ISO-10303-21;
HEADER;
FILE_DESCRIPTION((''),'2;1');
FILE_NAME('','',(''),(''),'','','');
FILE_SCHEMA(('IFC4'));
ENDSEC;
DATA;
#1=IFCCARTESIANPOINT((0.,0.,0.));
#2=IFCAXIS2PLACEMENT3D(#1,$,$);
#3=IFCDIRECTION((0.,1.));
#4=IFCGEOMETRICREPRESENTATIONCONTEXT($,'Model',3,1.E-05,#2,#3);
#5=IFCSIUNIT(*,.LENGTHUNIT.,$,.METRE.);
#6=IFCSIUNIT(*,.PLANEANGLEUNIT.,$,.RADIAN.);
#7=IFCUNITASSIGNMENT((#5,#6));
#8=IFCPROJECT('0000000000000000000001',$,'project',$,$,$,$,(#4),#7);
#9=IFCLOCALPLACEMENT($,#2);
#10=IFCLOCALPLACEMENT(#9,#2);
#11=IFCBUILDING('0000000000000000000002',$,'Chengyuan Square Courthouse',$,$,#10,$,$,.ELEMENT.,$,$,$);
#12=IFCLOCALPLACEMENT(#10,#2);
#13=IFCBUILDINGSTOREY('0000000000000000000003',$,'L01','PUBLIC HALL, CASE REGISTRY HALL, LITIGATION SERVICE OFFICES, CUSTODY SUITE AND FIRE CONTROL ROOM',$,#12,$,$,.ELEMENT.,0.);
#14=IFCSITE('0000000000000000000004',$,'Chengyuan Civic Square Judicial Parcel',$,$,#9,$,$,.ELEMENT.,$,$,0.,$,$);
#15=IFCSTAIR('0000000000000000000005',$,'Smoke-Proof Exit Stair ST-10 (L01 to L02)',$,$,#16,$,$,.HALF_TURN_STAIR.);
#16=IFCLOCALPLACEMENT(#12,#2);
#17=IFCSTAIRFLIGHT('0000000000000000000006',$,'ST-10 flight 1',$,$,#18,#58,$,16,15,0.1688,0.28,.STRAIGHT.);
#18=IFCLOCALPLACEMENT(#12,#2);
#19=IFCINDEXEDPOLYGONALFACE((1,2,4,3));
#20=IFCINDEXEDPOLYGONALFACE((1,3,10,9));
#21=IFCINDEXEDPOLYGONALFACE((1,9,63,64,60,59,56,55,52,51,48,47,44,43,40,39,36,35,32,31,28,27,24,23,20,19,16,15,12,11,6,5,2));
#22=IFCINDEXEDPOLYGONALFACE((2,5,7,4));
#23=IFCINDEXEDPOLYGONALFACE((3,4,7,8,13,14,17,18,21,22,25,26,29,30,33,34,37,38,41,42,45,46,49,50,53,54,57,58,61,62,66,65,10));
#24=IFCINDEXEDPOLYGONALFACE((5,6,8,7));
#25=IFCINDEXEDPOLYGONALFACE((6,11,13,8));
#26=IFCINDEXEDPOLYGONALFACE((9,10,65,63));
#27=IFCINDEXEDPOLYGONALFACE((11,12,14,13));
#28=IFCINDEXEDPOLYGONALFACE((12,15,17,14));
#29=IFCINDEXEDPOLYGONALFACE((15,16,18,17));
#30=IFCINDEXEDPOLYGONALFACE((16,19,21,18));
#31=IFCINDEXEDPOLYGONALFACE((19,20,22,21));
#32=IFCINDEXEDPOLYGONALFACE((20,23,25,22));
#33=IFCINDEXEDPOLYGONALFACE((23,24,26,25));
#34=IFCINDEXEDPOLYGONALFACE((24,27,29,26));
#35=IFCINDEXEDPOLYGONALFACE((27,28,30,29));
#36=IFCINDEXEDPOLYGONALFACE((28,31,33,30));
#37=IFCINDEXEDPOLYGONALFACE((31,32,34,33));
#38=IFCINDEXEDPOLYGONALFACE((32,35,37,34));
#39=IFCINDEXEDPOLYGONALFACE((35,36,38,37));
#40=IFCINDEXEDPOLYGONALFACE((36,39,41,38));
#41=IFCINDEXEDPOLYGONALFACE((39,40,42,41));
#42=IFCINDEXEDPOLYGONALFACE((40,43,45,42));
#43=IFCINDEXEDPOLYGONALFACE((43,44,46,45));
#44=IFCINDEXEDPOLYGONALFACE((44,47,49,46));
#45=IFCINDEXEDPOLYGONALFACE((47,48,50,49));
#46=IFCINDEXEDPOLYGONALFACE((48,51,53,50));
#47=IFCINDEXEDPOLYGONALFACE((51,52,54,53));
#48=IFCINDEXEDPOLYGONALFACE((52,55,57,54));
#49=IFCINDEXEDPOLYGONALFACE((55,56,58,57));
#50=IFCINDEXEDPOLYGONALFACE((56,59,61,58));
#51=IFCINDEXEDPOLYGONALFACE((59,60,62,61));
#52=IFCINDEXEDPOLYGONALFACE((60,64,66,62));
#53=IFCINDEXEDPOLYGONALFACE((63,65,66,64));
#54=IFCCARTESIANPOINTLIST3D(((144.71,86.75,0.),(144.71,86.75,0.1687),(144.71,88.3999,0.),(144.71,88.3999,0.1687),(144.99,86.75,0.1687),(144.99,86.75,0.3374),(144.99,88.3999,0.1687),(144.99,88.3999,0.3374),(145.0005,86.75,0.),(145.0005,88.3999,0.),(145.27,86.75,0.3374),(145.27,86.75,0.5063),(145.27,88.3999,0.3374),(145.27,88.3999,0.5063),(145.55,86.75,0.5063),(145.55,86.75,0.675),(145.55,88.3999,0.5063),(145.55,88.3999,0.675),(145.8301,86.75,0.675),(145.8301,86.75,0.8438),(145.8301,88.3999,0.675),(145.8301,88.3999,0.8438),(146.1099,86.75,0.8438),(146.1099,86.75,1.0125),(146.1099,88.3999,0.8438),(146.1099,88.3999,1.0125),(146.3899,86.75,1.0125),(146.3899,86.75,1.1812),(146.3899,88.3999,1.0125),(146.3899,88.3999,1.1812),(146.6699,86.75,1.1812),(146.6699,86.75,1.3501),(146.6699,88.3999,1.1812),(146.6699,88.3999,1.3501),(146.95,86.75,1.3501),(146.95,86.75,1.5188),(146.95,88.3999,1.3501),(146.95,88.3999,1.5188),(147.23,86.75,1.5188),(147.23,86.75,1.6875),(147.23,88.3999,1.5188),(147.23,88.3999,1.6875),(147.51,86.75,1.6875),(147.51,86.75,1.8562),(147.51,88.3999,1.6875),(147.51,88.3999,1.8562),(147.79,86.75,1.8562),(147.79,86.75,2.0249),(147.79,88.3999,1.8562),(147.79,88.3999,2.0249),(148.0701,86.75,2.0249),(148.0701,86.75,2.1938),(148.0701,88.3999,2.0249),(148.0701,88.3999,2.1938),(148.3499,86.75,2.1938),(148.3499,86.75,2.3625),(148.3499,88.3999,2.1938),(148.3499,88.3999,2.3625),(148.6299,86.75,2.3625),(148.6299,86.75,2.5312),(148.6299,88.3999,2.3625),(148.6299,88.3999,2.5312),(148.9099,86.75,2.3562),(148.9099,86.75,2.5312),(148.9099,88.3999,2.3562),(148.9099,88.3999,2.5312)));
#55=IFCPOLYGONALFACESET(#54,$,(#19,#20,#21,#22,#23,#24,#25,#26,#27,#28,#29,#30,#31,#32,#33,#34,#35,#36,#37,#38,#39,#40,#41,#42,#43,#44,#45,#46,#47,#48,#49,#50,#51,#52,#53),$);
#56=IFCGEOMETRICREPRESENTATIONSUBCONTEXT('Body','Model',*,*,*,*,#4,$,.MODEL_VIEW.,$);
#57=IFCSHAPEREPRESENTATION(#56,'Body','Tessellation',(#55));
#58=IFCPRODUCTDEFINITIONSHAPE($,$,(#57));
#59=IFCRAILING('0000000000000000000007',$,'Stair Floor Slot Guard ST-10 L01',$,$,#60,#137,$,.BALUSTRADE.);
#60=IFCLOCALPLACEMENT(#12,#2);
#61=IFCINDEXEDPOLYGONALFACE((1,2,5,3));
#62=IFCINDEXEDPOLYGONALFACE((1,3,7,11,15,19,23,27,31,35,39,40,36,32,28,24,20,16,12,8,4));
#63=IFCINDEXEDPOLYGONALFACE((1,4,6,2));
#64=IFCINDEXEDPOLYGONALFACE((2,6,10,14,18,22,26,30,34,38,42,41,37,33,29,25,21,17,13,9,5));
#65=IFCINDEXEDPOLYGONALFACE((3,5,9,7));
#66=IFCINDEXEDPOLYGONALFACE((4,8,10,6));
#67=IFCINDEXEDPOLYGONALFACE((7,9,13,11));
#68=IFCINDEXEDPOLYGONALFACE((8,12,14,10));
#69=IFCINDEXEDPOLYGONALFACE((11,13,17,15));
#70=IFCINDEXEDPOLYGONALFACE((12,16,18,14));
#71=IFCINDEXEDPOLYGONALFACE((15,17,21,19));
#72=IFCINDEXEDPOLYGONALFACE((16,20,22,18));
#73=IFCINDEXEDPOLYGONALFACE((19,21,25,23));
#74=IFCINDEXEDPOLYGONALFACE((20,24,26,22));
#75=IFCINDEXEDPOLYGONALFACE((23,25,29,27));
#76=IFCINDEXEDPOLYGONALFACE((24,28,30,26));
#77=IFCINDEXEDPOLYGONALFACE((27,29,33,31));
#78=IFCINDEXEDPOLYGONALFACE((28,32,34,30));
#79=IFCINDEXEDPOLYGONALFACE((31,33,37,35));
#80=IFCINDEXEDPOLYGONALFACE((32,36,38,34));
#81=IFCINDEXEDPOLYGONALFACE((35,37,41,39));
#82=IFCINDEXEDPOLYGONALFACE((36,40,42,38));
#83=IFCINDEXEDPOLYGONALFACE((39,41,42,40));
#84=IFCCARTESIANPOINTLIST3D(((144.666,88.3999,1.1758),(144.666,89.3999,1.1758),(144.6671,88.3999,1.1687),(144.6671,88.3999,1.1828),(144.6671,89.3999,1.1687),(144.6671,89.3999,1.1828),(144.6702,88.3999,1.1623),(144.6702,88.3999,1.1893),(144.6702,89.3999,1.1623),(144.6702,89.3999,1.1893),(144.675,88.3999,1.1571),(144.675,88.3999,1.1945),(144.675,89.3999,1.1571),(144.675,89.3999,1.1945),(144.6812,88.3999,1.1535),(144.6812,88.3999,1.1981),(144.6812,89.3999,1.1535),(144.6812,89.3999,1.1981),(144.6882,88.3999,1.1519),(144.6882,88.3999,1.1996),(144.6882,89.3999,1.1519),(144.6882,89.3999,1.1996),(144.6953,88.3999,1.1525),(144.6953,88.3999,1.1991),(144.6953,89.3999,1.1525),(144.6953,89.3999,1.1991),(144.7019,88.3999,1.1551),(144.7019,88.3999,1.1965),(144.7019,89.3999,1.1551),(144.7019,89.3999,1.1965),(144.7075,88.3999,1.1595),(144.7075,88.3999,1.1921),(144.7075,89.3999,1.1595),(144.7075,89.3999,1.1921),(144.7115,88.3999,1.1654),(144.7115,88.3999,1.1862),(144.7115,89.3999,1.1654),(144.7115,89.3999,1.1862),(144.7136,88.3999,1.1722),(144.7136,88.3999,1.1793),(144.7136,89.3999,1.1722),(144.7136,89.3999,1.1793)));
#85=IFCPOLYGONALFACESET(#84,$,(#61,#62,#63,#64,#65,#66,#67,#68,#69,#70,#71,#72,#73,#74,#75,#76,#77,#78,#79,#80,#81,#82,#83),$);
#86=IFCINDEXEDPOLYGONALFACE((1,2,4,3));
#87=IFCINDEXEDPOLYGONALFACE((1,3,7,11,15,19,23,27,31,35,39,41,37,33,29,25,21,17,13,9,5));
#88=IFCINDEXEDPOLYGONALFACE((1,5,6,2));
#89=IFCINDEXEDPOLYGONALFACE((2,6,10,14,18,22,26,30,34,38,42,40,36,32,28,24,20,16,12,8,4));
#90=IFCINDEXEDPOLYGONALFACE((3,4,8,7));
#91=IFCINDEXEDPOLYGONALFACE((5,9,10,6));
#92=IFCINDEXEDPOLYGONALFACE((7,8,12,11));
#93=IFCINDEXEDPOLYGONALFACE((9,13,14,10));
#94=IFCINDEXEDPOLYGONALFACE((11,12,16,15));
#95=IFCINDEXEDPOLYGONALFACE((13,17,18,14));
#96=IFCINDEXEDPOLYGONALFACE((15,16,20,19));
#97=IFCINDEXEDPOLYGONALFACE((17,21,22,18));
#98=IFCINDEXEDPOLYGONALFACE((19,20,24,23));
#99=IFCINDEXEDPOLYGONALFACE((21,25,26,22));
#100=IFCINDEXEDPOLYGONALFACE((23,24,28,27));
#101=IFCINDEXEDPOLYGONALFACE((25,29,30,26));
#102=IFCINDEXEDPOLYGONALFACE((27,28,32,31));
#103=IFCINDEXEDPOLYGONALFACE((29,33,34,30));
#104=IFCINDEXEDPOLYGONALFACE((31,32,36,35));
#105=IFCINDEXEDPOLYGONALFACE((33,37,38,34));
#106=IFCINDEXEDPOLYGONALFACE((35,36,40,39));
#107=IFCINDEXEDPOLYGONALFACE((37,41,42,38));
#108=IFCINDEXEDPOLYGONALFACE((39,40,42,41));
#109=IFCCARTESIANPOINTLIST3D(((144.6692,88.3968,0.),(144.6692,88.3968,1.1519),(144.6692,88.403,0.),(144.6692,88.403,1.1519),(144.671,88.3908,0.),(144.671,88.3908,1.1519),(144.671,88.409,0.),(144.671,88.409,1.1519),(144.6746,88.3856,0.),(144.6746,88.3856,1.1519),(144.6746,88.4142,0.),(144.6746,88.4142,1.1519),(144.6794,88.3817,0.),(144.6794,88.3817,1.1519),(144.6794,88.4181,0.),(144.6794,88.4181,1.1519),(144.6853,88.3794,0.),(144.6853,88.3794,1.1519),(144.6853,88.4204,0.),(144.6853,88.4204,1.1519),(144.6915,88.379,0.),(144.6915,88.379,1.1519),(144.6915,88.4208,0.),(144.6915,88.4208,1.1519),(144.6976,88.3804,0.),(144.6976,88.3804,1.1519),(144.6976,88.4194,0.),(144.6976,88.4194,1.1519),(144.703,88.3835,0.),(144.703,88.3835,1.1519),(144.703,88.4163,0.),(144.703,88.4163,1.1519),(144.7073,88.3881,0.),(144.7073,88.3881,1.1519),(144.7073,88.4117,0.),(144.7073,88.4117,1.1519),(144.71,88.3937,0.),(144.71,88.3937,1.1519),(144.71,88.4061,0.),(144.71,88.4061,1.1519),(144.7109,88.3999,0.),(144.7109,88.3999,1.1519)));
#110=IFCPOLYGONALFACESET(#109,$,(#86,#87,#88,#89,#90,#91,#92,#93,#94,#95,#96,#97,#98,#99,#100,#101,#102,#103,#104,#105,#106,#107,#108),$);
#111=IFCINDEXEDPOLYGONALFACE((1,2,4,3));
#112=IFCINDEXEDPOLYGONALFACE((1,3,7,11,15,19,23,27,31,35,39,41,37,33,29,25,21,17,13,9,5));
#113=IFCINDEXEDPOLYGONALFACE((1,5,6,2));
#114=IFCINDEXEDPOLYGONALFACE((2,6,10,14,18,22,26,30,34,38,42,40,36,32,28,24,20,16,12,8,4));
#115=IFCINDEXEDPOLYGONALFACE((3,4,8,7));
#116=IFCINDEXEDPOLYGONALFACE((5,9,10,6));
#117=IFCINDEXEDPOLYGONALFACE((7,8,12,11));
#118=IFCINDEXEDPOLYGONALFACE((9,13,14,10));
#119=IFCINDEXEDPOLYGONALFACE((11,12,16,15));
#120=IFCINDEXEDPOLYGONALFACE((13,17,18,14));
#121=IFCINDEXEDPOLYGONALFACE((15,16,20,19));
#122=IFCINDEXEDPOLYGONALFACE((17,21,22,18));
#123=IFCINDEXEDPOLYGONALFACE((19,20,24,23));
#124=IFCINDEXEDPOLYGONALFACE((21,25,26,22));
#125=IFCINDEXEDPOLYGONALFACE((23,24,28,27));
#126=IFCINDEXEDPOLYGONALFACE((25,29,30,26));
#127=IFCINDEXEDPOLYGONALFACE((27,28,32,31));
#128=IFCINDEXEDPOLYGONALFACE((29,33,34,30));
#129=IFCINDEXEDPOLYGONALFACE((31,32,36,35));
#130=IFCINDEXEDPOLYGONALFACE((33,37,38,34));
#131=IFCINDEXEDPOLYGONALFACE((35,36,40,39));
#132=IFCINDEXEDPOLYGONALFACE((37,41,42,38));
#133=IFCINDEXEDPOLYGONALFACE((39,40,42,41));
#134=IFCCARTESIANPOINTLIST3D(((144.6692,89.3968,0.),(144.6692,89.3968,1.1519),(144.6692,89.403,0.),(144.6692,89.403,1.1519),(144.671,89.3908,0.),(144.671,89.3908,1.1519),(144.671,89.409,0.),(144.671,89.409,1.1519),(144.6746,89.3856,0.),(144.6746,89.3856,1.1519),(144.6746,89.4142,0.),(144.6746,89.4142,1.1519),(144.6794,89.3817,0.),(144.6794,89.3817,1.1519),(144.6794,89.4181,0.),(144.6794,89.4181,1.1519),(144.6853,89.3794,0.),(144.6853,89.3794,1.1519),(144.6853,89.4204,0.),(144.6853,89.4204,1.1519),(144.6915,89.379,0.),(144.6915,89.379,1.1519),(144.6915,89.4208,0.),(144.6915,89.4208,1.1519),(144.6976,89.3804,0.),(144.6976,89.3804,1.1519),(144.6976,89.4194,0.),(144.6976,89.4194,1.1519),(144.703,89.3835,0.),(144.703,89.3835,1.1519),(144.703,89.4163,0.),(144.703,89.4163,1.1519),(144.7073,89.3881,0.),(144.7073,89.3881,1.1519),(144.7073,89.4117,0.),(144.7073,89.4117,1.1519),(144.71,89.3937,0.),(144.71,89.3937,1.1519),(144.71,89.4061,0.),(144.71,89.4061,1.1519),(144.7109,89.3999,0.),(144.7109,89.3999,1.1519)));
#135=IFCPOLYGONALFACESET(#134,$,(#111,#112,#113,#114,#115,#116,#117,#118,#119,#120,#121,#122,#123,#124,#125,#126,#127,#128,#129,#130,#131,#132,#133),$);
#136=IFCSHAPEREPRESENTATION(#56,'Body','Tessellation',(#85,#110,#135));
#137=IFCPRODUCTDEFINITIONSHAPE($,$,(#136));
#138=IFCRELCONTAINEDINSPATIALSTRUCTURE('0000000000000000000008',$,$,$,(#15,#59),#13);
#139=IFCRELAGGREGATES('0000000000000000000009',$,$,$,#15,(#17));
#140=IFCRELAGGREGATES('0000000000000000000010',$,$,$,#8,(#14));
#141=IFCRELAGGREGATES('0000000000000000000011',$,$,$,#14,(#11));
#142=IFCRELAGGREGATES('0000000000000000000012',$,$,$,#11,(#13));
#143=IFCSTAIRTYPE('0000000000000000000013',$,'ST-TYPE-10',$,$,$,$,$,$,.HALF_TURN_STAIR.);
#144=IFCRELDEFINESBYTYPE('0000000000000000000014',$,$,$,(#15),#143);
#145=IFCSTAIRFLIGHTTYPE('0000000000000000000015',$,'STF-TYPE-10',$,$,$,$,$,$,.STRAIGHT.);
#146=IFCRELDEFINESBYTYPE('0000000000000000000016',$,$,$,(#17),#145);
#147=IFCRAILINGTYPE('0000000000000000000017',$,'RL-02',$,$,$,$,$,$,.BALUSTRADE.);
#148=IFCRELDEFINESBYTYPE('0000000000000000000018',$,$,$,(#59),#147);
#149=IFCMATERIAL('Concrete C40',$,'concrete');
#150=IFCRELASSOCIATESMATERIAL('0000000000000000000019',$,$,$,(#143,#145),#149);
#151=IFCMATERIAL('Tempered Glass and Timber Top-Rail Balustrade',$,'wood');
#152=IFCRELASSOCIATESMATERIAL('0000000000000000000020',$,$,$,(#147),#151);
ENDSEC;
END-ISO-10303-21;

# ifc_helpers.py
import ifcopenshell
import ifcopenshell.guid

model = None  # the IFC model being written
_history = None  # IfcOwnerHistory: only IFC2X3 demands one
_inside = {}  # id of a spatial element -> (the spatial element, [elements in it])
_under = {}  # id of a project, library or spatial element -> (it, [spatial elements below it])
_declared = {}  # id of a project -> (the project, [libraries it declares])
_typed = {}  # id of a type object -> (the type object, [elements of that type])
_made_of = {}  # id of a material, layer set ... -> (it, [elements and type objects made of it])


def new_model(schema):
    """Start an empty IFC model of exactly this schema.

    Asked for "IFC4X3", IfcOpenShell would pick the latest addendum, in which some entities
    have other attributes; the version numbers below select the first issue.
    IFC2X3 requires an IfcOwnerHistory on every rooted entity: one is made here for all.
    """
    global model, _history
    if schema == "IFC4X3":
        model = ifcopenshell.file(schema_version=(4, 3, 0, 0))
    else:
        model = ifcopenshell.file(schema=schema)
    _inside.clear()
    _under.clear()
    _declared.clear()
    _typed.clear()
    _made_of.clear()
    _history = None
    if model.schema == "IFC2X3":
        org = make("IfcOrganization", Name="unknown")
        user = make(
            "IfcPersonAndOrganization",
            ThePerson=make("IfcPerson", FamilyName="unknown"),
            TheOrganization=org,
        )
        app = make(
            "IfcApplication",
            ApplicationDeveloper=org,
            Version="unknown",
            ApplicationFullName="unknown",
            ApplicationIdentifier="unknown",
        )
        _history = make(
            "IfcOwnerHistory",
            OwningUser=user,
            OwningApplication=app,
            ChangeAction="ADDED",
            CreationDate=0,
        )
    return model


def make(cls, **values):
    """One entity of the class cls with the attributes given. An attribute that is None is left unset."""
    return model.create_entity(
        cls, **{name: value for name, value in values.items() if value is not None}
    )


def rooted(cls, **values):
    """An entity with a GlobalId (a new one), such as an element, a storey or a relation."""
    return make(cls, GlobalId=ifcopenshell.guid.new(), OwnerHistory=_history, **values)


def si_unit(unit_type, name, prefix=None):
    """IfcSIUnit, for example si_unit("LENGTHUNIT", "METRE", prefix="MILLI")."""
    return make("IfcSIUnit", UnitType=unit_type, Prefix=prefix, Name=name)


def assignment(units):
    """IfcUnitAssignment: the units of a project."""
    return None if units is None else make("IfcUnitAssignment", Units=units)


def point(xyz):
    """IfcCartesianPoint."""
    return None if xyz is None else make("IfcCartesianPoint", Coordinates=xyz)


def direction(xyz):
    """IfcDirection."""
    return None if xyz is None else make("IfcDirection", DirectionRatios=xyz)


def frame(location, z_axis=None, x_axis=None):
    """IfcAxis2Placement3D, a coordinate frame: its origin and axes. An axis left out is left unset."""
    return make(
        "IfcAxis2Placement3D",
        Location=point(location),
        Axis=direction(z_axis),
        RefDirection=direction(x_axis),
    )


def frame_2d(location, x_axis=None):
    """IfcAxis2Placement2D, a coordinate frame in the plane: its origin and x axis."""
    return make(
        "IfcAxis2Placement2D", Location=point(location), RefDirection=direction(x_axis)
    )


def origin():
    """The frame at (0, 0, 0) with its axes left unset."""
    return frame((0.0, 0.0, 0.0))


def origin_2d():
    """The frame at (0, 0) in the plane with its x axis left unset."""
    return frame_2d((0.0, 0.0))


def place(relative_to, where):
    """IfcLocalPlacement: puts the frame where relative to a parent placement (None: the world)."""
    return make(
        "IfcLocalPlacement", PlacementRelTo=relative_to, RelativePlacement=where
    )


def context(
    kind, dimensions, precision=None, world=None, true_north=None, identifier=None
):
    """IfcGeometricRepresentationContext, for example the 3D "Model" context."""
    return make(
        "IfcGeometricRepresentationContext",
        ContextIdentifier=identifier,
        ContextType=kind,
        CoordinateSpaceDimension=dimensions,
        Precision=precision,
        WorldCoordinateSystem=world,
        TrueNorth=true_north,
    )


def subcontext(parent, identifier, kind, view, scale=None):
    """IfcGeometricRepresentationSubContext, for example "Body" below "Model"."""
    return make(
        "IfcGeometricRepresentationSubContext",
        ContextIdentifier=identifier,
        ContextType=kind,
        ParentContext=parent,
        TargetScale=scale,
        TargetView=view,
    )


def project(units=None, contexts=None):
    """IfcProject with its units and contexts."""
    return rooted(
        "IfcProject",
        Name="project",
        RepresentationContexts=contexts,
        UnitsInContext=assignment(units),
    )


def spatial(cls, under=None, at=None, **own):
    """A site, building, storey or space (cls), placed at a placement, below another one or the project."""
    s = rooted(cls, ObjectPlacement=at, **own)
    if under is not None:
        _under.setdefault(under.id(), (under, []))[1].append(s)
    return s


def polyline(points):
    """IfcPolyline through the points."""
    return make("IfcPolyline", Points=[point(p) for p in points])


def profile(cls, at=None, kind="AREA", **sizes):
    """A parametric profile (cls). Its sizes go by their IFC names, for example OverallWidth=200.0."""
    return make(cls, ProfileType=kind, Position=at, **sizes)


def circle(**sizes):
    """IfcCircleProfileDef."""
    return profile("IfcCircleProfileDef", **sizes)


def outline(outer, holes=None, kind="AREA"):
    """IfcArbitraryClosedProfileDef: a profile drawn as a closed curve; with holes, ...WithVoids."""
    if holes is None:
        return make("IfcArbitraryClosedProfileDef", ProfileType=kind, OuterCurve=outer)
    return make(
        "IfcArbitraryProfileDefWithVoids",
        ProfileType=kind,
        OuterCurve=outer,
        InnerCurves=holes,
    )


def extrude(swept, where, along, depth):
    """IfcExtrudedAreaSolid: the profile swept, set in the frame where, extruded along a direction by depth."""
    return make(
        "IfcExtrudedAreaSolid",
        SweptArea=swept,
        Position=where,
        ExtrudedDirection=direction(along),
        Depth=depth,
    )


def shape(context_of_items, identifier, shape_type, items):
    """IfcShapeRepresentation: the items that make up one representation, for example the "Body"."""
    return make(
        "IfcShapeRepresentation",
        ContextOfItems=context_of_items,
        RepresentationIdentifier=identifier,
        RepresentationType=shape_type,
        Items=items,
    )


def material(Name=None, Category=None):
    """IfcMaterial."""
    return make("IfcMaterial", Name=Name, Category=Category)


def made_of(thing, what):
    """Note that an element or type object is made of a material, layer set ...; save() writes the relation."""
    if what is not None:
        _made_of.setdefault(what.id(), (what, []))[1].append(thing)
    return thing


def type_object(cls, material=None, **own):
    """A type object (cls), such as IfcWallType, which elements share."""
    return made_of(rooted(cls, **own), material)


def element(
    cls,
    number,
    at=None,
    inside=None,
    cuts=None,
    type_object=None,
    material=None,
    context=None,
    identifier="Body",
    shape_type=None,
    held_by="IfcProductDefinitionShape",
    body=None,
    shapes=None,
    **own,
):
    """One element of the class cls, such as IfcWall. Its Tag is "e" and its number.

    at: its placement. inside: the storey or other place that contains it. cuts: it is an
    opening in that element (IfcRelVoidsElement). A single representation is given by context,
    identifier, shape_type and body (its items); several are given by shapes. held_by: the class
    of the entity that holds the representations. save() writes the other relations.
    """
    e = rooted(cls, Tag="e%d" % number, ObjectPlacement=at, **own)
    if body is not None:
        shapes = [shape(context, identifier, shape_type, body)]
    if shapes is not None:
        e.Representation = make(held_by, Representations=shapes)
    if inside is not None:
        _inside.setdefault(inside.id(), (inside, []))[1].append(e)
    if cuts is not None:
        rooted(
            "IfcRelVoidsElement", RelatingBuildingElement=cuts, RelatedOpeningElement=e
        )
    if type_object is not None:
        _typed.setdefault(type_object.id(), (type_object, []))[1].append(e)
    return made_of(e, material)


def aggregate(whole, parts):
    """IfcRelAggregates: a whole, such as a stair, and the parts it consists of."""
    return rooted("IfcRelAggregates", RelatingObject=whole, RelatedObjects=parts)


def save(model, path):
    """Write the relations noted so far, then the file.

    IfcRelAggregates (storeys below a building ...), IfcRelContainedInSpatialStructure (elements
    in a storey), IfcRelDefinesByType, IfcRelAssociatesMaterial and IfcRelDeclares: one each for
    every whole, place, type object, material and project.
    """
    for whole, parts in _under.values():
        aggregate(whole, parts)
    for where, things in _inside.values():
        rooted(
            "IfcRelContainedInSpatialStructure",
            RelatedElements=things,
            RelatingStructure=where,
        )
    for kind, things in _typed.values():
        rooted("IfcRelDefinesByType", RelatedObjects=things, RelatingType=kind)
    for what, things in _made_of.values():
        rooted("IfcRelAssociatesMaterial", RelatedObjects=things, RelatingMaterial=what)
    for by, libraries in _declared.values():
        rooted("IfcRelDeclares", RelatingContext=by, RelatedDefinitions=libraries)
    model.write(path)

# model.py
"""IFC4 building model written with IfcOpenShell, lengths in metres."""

from ifc_helpers import new_model, si_unit, direction, frame, origin, origin_2d, place, context, subcontext, project, spatial, polyline, circle, outline, extrude, material, type_object, element, aggregate, save


model = new_model("IFC4")

# Units and contexts
model_context = context("Model", 3, precision=1e-05, world=origin(), true_north=direction((0.0, 1.0)))
body_context = subcontext(model_context, "Body", "Model", "MODEL_VIEW")
ifc_project = project(units=[si_unit("LENGTHUNIT", "METRE"), si_unit("PLANEANGLEUNIT", "RADIAN")], contexts=[model_context])

# Site, building, storey
site_placement = place(None, origin())
site = spatial("IfcSite", under=ifc_project, at=site_placement, Name="Chengyuan Civic Square Judicial Parcel", CompositionType="ELEMENT", RefElevation=0.0)
building_placement = place(site_placement, origin())
building = spatial("IfcBuilding", under=site, at=building_placement, Name="Chengyuan Square Courthouse", CompositionType="ELEMENT")
storey_placement = place(building_placement, origin())
storey = spatial("IfcBuildingStorey", under=building, at=storey_placement, Name="L01", Description="PUBLIC HALL, CASE REGISTRY HALL, LITIGATION SERVICE OFFICES, CUSTODY SUITE AND FIRE CONTROL ROOM", CompositionType="ELEMENT", Elevation=0.0)

# Shared definitions
ifc_material_1 = material(Name="Concrete C40", Category="concrete")

# Stair, stair flight
stair_type = type_object("IfcStairType", Name="ST-TYPE-10", PredefinedType="HALF_TURN_STAIR", material=ifc_material_1)
stair_placement = place(storey_placement, origin())
stair = element("IfcStair", 1, at=stair_placement, inside=storey, type_object=stair_type, Name="Smoke-Proof Exit Stair ST-10 (L01 to L02)", PredefinedType="HALF_TURN_STAIR")
stair_flight_type = type_object("IfcStairFlightType", Name="STF-TYPE-10", PredefinedType="STRAIGHT", material=ifc_material_1)
stair_flight_placement = place(storey_placement, frame((144.71, 87.575, 0.0), z_axis=(0.0, 0.0, 1.0), x_axis=(1.0, 0.0, 0.0)))
stair_flight = element("IfcStairFlight", 2, at=stair_flight_placement, type_object=stair_flight_type, Name="ST-10 flight 1", NumberOfRisers=16, NumberOfTreads=15, PredefinedType="STRAIGHT", RiserHeight=0.1688, TreadLength=0.28, context=body_context, shape_type="SweptSolid", body=[
    extrude(outline(polyline([(0.0, 0.0), (0.0, 0.1687), (0.28, 0.1687), (0.28, 0.3374), (0.5601, 0.3374), (0.5601, 0.5063), (0.8401, 0.5063), (0.8401, 0.675), (1.1201, 0.675), (1.1201, 0.8438), (1.3999, 0.8438), (1.3999, 1.0125), (1.6799, 1.0125), (1.6799, 1.1812), (1.96, 1.1812), (1.96, 1.3501), (2.24, 1.3501), (2.24, 1.5188), (2.52, 1.5188), (2.52, 1.6875), (2.8, 1.6875), (2.8, 1.8562), (3.0801, 1.8562), (3.0801, 2.0249), (3.3601, 2.0249), (3.3601, 2.1938), (3.6399, 2.1938), (3.6399, 2.3625), (3.9199, 2.3625), (3.9199, 2.5312), (4.2, 2.5312), (4.2, 2.7), (4.2, 2.3562), (0.2905, 0.0), (0.0, 0.0)])), frame((0.0, 0.825, 0.0), z_axis=(0.0, -1.0, 0.0), x_axis=(1.0, 0.0, 0.0)), (0.0, 0.0, 1.0), 1.6499),
])
aggregate(stair, [stair_flight])

# Railing
ifc_material_2 = material(Name="Tempered Glass and Timber Top-Rail Balustrade", Category="wood")
railing_type_1 = type_object("IfcRailingType", Name="RL-02", PredefinedType="BALUSTRADE", material=ifc_material_2)
railing_1_placement = place(storey_placement, frame((144.6899, 88.3999, 0.0)))
element("IfcRailing", 3, at=railing_1_placement, inside=storey, type_object=railing_type_1, Name="Stair Floor Slot Guard ST-10 L01", PredefinedType="BALUSTRADE", context=body_context, shape_type="SweptSolid", body=[
    extrude(circle(Radius=0.0239, at=origin_2d()), frame((0.0, 0.0, 1.1758), z_axis=(0.0, 1.0, 0.0), x_axis=(-1.0, 0.0, 0.0)), (0.0, 0.0, 1.0), 1.0),
    extrude(circle(Radius=0.021, at=origin_2d()), origin(), (0.0, 0.0, 1.0), 1.1519),
    extrude(circle(Radius=0.021, at=origin_2d()), frame((0.0, 1.0, 0.0)), (0.0, 0.0, 1.0), 1.1519),
])

save(model, "model.ifc")
